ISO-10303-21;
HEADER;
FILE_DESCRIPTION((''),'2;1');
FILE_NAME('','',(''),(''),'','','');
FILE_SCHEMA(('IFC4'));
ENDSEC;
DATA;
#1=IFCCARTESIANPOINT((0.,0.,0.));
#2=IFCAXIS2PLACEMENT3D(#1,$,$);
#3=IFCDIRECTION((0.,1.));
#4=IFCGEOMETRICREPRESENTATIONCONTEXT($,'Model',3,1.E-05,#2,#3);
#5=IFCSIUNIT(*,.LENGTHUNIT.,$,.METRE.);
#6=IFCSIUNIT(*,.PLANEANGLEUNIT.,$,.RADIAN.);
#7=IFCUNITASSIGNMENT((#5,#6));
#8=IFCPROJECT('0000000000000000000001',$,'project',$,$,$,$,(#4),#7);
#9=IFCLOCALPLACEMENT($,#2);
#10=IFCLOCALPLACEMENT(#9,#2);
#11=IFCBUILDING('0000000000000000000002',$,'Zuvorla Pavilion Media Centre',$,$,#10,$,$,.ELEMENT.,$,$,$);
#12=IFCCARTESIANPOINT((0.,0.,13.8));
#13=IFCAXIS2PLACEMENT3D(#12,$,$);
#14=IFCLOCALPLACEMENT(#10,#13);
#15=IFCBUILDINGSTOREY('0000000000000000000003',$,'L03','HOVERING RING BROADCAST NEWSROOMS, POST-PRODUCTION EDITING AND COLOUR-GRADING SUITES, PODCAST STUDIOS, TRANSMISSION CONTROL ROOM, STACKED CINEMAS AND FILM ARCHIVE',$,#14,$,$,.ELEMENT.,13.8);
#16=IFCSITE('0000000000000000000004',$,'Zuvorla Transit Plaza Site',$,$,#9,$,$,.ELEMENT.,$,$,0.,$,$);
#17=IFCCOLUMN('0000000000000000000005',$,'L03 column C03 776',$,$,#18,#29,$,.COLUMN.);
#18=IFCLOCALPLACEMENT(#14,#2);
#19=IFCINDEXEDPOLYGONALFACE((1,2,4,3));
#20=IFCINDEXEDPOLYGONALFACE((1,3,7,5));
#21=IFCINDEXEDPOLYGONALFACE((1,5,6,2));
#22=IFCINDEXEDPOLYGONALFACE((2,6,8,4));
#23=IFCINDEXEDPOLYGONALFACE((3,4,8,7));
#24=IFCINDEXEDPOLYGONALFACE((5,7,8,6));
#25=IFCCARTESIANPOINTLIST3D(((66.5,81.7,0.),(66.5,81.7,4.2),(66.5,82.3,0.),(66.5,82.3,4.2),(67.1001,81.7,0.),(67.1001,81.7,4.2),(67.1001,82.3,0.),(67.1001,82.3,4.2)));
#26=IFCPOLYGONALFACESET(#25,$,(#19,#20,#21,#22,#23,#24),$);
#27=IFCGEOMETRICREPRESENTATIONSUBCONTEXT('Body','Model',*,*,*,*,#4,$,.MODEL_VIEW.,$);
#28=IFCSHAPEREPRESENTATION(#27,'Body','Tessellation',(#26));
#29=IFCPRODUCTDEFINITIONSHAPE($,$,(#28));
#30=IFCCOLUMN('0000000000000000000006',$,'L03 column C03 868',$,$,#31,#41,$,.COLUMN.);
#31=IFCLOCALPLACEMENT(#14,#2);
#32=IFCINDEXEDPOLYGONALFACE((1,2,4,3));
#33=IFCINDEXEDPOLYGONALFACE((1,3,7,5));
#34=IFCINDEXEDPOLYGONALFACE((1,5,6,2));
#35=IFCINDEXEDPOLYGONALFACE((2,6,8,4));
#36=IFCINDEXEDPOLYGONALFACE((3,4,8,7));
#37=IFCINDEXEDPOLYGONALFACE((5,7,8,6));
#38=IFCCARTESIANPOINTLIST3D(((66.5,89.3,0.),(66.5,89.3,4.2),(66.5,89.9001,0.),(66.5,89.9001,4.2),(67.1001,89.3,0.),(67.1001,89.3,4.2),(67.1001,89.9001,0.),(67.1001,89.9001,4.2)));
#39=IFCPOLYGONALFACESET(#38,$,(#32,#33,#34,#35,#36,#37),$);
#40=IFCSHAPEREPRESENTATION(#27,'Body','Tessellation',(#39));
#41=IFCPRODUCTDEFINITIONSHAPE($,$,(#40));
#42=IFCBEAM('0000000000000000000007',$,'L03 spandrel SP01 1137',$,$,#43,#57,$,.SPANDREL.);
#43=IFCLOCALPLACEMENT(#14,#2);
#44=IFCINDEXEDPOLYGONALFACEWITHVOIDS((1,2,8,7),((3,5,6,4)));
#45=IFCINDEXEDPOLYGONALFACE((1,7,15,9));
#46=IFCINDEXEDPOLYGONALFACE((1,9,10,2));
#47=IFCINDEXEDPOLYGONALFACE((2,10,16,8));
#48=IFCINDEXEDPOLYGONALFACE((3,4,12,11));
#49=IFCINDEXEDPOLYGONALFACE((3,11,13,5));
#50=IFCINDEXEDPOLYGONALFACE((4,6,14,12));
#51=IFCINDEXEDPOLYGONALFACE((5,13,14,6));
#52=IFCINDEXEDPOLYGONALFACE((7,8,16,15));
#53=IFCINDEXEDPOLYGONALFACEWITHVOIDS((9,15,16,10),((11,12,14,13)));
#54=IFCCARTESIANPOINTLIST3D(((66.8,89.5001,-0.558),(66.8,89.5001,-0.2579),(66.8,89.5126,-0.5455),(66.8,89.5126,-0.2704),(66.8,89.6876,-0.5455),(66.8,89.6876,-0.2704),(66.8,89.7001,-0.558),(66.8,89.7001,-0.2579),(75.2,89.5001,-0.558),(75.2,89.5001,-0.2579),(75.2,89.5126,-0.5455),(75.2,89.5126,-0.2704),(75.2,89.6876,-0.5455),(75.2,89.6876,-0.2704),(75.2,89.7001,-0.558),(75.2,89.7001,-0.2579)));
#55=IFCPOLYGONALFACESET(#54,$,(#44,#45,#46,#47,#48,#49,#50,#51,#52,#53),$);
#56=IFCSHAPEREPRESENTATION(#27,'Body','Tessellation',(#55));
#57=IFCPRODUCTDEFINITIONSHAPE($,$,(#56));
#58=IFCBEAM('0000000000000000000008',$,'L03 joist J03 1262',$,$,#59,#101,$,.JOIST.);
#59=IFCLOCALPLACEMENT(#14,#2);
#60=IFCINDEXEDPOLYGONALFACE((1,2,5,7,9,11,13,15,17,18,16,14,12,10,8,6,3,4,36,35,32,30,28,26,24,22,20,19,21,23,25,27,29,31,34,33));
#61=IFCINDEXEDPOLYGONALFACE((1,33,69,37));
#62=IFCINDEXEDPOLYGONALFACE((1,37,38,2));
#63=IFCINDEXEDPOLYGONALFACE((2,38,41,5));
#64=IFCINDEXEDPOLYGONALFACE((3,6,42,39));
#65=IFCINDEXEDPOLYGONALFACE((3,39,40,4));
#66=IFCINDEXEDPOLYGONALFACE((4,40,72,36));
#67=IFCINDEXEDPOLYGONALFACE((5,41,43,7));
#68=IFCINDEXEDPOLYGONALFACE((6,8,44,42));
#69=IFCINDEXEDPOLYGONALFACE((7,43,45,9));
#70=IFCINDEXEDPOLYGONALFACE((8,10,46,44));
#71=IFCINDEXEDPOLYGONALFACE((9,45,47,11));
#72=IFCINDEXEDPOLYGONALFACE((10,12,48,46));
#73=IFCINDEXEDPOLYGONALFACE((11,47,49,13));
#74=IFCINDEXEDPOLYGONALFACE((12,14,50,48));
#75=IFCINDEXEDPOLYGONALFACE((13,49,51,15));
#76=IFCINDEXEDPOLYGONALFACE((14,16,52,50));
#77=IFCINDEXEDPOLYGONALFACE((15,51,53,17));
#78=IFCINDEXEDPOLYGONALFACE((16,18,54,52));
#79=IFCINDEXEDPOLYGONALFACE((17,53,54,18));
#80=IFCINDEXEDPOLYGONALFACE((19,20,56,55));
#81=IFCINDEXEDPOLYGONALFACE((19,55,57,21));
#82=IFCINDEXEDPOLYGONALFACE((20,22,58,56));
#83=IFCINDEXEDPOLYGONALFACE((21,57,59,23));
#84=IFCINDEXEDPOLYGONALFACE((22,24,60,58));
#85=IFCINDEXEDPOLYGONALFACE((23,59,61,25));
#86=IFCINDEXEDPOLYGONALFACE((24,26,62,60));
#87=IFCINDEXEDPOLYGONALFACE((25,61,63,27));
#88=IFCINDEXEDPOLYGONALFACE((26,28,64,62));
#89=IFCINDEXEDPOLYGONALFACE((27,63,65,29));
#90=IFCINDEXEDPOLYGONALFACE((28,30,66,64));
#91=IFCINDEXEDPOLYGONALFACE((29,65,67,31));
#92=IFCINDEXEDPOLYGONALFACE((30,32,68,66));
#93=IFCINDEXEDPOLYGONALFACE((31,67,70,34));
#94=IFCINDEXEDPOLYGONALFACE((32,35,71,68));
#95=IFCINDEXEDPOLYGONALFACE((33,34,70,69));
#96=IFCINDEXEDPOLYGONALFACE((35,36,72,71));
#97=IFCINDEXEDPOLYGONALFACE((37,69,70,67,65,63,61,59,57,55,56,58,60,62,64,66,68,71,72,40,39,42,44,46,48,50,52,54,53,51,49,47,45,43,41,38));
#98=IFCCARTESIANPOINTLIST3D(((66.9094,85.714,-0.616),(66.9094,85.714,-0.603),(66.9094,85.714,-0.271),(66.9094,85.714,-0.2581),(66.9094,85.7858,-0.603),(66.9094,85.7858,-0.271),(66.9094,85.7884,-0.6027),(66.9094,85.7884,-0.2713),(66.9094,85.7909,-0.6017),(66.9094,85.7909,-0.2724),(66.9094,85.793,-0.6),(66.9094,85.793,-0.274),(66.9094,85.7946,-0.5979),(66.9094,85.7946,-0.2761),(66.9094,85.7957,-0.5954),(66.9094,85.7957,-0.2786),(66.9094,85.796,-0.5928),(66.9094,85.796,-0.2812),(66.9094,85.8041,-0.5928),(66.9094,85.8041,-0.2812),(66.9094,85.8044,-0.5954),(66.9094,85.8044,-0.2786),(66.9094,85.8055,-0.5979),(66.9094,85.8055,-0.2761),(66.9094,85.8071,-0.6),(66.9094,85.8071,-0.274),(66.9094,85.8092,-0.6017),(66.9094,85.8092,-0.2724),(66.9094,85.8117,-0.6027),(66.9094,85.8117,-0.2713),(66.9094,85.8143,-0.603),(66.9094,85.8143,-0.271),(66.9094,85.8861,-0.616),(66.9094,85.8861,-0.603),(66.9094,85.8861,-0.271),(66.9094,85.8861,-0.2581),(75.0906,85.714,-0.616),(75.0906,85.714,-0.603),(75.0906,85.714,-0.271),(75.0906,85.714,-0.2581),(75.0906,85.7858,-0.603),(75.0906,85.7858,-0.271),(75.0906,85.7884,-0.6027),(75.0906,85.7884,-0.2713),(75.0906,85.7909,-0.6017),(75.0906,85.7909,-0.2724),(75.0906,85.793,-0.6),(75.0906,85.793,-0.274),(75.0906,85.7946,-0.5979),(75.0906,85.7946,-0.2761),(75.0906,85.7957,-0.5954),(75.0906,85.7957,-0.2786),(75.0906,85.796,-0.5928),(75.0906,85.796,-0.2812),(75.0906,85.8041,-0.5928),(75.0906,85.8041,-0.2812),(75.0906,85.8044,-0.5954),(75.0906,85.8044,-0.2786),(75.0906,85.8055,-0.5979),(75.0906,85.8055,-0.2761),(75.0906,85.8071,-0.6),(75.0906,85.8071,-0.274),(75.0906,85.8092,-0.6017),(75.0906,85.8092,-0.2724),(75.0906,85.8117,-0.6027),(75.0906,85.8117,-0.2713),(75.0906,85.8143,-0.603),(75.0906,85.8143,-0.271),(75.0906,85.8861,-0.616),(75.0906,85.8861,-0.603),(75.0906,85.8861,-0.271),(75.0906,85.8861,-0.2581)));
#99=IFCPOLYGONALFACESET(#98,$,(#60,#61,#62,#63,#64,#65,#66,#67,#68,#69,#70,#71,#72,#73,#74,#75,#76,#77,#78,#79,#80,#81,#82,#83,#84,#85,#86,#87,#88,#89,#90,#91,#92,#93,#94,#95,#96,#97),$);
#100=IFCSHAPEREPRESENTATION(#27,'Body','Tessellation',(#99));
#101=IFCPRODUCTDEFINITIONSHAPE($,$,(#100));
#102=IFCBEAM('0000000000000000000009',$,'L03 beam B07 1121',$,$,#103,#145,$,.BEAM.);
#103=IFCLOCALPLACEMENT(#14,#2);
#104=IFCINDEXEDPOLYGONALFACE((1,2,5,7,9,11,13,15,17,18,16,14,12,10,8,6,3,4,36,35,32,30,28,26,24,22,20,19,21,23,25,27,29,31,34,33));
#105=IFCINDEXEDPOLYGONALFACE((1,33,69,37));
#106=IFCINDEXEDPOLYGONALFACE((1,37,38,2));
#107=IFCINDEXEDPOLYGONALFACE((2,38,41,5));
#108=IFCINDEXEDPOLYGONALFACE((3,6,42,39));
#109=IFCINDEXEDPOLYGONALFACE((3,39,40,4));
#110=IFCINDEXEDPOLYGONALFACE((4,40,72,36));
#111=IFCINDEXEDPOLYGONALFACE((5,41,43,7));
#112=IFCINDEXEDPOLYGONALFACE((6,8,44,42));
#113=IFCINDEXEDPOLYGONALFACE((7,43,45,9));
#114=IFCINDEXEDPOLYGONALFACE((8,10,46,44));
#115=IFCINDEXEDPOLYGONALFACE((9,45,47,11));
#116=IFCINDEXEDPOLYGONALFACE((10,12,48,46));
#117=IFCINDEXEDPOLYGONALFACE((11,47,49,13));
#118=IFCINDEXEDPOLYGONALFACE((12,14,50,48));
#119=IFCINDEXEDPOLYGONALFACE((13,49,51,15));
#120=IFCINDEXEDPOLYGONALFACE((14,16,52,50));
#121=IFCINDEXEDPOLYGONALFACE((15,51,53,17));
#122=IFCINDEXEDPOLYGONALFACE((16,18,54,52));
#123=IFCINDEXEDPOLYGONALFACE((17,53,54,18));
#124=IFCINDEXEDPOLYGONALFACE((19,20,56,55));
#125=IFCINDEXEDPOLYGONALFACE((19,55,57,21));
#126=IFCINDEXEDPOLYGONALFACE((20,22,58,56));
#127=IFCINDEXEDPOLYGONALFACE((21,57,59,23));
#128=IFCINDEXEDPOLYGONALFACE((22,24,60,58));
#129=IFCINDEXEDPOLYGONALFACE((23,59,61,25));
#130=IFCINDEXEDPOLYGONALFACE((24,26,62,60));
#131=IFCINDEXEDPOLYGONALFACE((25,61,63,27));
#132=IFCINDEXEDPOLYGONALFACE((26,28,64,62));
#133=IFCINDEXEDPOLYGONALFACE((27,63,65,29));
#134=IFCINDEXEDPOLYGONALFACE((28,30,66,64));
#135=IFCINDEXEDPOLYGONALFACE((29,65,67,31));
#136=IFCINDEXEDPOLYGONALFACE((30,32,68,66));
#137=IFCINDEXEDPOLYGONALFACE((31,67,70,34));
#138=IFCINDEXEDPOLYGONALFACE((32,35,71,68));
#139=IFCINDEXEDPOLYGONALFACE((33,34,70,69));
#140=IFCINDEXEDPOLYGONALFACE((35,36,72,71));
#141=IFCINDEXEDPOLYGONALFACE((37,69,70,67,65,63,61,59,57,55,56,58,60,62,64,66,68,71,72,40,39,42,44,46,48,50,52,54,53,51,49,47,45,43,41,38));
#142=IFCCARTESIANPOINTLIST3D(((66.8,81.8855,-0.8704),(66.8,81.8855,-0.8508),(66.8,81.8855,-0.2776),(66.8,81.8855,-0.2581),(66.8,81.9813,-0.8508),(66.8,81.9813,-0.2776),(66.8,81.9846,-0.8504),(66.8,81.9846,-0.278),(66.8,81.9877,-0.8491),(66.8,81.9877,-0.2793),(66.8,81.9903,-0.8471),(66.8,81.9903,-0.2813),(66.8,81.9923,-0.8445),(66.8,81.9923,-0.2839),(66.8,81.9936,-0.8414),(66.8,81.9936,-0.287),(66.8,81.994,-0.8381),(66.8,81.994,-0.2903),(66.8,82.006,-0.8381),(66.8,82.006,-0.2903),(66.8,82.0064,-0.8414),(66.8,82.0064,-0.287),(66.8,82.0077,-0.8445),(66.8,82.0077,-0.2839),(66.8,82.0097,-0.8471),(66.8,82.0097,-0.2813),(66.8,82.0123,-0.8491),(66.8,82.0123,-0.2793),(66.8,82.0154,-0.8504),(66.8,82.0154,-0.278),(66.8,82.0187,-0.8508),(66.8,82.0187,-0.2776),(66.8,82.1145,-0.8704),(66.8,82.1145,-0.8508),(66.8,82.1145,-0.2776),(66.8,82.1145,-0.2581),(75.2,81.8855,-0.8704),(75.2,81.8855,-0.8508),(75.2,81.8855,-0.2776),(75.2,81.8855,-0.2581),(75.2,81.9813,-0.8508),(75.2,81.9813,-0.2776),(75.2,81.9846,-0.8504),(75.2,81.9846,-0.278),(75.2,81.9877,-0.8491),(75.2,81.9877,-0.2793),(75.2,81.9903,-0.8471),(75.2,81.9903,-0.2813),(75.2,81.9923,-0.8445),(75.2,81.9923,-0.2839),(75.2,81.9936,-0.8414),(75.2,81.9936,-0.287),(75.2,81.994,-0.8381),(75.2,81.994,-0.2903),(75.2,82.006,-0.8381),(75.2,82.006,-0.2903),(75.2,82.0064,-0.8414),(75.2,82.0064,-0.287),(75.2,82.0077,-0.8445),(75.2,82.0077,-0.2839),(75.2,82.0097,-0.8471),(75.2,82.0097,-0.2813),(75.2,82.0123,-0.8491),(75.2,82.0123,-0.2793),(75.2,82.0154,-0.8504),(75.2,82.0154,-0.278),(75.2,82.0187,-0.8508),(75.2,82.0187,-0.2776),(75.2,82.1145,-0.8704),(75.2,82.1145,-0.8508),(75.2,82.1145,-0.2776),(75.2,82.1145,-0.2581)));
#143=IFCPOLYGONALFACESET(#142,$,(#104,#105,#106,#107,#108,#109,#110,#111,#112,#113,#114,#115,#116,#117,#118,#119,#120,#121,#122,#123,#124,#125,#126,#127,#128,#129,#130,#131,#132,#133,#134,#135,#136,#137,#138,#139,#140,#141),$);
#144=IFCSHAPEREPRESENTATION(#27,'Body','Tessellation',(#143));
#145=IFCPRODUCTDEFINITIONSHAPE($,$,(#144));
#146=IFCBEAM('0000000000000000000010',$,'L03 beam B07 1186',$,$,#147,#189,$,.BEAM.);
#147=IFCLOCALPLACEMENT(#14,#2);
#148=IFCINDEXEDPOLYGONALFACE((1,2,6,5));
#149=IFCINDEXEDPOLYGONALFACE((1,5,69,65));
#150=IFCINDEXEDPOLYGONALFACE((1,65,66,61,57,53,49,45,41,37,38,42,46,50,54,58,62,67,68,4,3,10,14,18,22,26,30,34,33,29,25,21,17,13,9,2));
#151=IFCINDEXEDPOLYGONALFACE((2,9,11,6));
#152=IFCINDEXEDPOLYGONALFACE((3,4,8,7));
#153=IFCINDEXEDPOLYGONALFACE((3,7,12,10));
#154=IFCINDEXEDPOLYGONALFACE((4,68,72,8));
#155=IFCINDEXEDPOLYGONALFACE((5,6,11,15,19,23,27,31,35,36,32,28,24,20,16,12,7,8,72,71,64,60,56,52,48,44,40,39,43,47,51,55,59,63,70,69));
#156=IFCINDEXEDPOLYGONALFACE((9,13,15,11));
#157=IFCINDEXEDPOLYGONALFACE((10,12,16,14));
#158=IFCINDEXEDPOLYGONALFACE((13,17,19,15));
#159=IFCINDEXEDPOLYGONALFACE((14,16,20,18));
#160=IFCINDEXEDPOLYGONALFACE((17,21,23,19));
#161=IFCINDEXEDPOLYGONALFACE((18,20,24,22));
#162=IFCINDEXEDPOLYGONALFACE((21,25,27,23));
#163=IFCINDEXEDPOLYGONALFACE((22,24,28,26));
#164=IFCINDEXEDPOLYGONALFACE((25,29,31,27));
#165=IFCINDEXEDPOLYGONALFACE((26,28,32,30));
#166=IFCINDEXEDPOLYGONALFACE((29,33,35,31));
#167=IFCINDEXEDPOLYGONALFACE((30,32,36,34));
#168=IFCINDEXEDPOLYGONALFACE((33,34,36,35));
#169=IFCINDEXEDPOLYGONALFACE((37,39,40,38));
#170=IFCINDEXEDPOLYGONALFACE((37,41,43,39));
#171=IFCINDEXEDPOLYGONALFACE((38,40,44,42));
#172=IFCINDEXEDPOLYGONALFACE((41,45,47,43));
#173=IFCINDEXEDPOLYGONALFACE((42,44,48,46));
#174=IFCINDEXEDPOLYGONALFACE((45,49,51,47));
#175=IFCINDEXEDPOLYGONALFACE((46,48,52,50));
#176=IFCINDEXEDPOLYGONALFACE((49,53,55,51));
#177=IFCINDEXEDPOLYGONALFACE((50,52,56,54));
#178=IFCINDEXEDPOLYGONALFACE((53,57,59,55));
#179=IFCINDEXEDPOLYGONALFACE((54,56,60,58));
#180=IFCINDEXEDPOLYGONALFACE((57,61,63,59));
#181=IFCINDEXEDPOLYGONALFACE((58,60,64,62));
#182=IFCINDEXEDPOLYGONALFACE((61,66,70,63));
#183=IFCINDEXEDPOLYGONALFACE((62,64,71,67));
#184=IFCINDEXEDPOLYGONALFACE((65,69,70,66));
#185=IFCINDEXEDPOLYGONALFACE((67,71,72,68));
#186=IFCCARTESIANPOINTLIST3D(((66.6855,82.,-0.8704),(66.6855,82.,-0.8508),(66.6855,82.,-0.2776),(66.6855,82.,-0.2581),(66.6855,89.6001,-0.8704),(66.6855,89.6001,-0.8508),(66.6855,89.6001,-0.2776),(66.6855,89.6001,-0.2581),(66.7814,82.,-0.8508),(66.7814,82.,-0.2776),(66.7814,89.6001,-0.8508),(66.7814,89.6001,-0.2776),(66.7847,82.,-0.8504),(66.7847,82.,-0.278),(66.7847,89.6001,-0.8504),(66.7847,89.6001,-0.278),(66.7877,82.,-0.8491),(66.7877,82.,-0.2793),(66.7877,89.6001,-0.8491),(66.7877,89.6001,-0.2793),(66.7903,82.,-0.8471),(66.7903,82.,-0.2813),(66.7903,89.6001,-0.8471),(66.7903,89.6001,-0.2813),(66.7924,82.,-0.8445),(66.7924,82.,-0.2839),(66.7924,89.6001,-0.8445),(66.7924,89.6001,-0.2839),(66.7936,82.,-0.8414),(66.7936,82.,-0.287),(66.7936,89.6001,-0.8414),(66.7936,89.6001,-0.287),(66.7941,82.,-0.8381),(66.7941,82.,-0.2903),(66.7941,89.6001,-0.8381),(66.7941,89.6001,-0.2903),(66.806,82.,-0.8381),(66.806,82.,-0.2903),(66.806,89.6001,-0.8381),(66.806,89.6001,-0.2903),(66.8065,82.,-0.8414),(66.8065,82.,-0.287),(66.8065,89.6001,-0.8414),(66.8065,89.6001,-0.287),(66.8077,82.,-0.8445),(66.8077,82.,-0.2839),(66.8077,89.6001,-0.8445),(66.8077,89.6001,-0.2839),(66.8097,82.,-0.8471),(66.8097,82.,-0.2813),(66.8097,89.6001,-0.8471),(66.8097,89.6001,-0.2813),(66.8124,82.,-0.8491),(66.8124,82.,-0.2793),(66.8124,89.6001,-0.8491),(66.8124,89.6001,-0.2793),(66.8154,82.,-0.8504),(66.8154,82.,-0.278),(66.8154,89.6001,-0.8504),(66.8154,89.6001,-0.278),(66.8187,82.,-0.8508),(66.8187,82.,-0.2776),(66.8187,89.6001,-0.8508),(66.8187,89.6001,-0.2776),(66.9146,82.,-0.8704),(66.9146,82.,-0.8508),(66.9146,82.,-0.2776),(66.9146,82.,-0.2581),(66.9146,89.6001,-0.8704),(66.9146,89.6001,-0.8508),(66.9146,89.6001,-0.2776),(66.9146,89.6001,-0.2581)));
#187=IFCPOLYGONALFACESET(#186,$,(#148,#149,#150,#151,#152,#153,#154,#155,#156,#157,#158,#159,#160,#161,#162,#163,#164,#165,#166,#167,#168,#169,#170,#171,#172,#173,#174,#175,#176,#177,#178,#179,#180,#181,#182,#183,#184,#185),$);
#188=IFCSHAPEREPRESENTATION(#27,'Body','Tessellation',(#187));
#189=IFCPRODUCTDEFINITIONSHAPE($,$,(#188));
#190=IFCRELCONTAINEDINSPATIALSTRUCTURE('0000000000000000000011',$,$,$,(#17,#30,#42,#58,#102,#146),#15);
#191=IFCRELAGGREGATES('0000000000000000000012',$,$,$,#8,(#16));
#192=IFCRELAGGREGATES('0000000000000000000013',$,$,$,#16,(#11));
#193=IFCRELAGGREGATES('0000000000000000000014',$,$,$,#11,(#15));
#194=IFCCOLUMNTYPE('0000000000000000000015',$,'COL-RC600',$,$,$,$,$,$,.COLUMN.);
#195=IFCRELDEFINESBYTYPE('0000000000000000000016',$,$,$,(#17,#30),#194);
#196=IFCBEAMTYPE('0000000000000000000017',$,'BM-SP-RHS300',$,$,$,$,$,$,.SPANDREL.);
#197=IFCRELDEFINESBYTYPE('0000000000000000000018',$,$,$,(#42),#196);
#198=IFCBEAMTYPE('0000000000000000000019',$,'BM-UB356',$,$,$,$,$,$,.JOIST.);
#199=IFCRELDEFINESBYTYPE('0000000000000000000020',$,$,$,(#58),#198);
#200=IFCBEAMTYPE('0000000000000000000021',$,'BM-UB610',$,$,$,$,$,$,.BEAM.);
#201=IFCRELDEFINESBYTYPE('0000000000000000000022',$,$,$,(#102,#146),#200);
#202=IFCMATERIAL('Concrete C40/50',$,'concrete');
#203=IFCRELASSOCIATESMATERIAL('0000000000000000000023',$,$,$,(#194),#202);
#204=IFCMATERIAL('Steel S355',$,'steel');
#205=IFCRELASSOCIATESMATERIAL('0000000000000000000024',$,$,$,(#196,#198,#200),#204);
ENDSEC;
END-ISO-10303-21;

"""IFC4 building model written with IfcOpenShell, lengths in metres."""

from ifc_helpers import new_model, si_unit, direction, frame, origin, origin_2d, place, context, subcontext, project, spatial, rectangle, hollow_rectangle, i_section, extrude, material, material_profile, profile_set, type_object, element, save


model = new_model("IFC4")

# Units and contexts
model_context = context("Model", 3, precision=1e-05, world=origin(), true_north=direction((0.0, 1.0)))
body_context = subcontext(model_context, "Body", "Model", "MODEL_VIEW")
ifc_project = project(units=[si_unit("LENGTHUNIT", "METRE"), si_unit("PLANEANGLEUNIT", "RADIAN")], contexts=[model_context])

# Site, building, storey
site_placement = place(None, origin())
site = spatial("IfcSite", under=ifc_project, at=site_placement, Name="Zuvorla Transit Plaza Site", CompositionType="ELEMENT", RefElevation=0.0)
building_placement = place(site_placement, origin())
building = spatial("IfcBuilding", under=site, at=building_placement, Name="Zuvorla Pavilion Media Centre", CompositionType="ELEMENT")
storey_placement = place(building_placement, frame((0.0, 0.0, 13.8)))
storey = spatial("IfcBuildingStorey", under=building, at=storey_placement, Name="L03", Description="HOVERING RING BROADCAST NEWSROOMS, POST-PRODUCTION EDITING AND COLOUR-GRADING SUITES, PODCAST STUDIOS, TRANSMISSION CONTROL ROOM, STACKED CINEMAS AND FILM ARCHIVE", CompositionType="ELEMENT", Elevation=13.8)

# Columns
ifc_material_1 = material(Name="Concrete C40/50", Category="concrete")
ifc_material_profile_1 = material_profile(ifc_material_1, rectangle(XDim=0.6001, YDim=0.6001, at=origin_2d()), Name="RC 600x600")
ifc_profile_set_1 = profile_set([ifc_material_profile_1], Name="Concrete C40/50")
column_type = type_object("IfcColumnType", Name="COL-RC600", PredefinedType="COLUMN", material=ifc_profile_set_1)
for number, where, z_axis, x_axis, name in (
    (1, (66.8, 82.0, 0.0), (0.0, 0.0, 1.0), (1.0, 0.0, 0.0), "L03 column C03 776"),
    (2, (66.8, 89.6001, 0.0), (0.0, 0.0, 1.0), (1.0, 0.0, 0.0), "L03 column C03 868"),
):
    element("IfcColumn", number, at=place(storey_placement, frame(where, z_axis=z_axis, x_axis=x_axis)), inside=storey, type_object=column_type, Name=name, PredefinedType="COLUMN", context=body_context, shape_type="SweptSolid", body=[
        extrude(rectangle(XDim=0.6001, YDim=0.6001, at=origin_2d()), origin(), (0.0, 0.0, 1.0), 4.2),
    ])

# Beams
ifc_material_2 = material(Name="Steel S355", Category="steel")
ifc_material_profile_2 = material_profile(ifc_material_2, hollow_rectangle(XDim=0.2, YDim=0.3, WallThickness=0.0125, at=origin_2d()), Name="RHS 300x200x12.5")
ifc_profile_set_2 = profile_set([ifc_material_profile_2], Name="Steel S355")
beam_type_1 = type_object("IfcBeamType", Name="BM-SP-RHS300", PredefinedType="SPANDREL", material=ifc_profile_set_2)
beam_1_placement = place(storey_placement, frame((66.8, 89.6001, -0.408), z_axis=(1.0, 0.0, 0.0), x_axis=(0.0, 1.0, 0.0)))
element("IfcBeam", 3, at=beam_1_placement, inside=storey, type_object=beam_type_1, Name="L03 spandrel SP01 1137", PredefinedType="SPANDREL", context=body_context, shape_type="SweptSolid", body=[
    extrude(hollow_rectangle(XDim=0.2, YDim=0.3, WallThickness=0.0125, at=origin_2d()), origin(), (0.0, 0.0, 1.0), 8.3999),
])
ifc_material_profile_3 = material_profile(ifc_material_2, i_section(OverallWidth=0.1721, OverallDepth=0.3579, WebThickness=0.0081, FlangeThickness=0.0129, FilletRadius=0.0103, at=origin_2d()), Name="UB 356x171x57")
ifc_profile_set_3 = profile_set([ifc_material_profile_3], Name="Steel S355")
beam_type_2 = type_object("IfcBeamType", Name="BM-UB356", PredefinedType="JOIST", material=ifc_profile_set_3)
beam_2_placement = place(storey_placement, frame((66.9094, 85.8, -0.437), z_axis=(1.0, 0.0, 0.0), x_axis=(0.0, 1.0, 0.0)))
element("IfcBeam", 4, at=beam_2_placement, inside=storey, type_object=beam_type_2, Name="L03 joist J03 1262", PredefinedType="JOIST", context=body_context, shape_type="SweptSolid", body=[
    extrude(i_section(OverallWidth=0.1721, OverallDepth=0.3579, WebThickness=0.0081, FlangeThickness=0.0129, FilletRadius=0.0103, at=origin_2d()), origin(), (0.0, 0.0, 1.0), 8.1812),
])
ifc_material_profile_4 = material_profile(ifc_material_2, i_section(OverallWidth=0.229, OverallDepth=0.6123, WebThickness=0.012, FlangeThickness=0.0195, FilletRadius=0.0127, at=origin_2d()), Name="UB 610x229x125")
ifc_profile_set_4 = profile_set([ifc_material_profile_4], Name="Steel S355")
beam_type_3 = type_object("IfcBeamType", Name="BM-UB610", PredefinedType="BEAM", material=ifc_profile_set_4)
beam_3_placement = place(storey_placement, frame((66.8, 82.0, -0.5642), z_axis=(1.0, 0.0, 0.0), x_axis=(0.0, 1.0, 0.0)))
element("IfcBeam", 5, at=beam_3_placement, inside=storey, type_object=beam_type_3, Name="L03 beam B07 1121", PredefinedType="BEAM", context=body_context, shape_type="SweptSolid", body=[
    extrude(i_section(OverallWidth=0.229, OverallDepth=0.6123, WebThickness=0.012, FlangeThickness=0.0195, FilletRadius=0.0127, at=origin_2d()), origin(), (0.0, 0.0, 1.0), 8.3999),
])
beam_4_placement = place(storey_placement, frame((66.8, 82.0, -0.5642), z_axis=(0.0, 1.0, 0.0), x_axis=(-1.0, 0.0, 0.0)))
element("IfcBeam", 6, at=beam_4_placement, inside=storey, type_object=beam_type_3, Name="L03 beam B07 1186", PredefinedType="BEAM", context=body_context, shape_type="SweptSolid", body=[
    extrude(i_section(OverallWidth=0.229, OverallDepth=0.6123, WebThickness=0.012, FlangeThickness=0.0195, FilletRadius=0.0127, at=origin_2d()), origin(), (0.0, 0.0, 1.0), 7.6001),
])

save(model, "model.ifc")
